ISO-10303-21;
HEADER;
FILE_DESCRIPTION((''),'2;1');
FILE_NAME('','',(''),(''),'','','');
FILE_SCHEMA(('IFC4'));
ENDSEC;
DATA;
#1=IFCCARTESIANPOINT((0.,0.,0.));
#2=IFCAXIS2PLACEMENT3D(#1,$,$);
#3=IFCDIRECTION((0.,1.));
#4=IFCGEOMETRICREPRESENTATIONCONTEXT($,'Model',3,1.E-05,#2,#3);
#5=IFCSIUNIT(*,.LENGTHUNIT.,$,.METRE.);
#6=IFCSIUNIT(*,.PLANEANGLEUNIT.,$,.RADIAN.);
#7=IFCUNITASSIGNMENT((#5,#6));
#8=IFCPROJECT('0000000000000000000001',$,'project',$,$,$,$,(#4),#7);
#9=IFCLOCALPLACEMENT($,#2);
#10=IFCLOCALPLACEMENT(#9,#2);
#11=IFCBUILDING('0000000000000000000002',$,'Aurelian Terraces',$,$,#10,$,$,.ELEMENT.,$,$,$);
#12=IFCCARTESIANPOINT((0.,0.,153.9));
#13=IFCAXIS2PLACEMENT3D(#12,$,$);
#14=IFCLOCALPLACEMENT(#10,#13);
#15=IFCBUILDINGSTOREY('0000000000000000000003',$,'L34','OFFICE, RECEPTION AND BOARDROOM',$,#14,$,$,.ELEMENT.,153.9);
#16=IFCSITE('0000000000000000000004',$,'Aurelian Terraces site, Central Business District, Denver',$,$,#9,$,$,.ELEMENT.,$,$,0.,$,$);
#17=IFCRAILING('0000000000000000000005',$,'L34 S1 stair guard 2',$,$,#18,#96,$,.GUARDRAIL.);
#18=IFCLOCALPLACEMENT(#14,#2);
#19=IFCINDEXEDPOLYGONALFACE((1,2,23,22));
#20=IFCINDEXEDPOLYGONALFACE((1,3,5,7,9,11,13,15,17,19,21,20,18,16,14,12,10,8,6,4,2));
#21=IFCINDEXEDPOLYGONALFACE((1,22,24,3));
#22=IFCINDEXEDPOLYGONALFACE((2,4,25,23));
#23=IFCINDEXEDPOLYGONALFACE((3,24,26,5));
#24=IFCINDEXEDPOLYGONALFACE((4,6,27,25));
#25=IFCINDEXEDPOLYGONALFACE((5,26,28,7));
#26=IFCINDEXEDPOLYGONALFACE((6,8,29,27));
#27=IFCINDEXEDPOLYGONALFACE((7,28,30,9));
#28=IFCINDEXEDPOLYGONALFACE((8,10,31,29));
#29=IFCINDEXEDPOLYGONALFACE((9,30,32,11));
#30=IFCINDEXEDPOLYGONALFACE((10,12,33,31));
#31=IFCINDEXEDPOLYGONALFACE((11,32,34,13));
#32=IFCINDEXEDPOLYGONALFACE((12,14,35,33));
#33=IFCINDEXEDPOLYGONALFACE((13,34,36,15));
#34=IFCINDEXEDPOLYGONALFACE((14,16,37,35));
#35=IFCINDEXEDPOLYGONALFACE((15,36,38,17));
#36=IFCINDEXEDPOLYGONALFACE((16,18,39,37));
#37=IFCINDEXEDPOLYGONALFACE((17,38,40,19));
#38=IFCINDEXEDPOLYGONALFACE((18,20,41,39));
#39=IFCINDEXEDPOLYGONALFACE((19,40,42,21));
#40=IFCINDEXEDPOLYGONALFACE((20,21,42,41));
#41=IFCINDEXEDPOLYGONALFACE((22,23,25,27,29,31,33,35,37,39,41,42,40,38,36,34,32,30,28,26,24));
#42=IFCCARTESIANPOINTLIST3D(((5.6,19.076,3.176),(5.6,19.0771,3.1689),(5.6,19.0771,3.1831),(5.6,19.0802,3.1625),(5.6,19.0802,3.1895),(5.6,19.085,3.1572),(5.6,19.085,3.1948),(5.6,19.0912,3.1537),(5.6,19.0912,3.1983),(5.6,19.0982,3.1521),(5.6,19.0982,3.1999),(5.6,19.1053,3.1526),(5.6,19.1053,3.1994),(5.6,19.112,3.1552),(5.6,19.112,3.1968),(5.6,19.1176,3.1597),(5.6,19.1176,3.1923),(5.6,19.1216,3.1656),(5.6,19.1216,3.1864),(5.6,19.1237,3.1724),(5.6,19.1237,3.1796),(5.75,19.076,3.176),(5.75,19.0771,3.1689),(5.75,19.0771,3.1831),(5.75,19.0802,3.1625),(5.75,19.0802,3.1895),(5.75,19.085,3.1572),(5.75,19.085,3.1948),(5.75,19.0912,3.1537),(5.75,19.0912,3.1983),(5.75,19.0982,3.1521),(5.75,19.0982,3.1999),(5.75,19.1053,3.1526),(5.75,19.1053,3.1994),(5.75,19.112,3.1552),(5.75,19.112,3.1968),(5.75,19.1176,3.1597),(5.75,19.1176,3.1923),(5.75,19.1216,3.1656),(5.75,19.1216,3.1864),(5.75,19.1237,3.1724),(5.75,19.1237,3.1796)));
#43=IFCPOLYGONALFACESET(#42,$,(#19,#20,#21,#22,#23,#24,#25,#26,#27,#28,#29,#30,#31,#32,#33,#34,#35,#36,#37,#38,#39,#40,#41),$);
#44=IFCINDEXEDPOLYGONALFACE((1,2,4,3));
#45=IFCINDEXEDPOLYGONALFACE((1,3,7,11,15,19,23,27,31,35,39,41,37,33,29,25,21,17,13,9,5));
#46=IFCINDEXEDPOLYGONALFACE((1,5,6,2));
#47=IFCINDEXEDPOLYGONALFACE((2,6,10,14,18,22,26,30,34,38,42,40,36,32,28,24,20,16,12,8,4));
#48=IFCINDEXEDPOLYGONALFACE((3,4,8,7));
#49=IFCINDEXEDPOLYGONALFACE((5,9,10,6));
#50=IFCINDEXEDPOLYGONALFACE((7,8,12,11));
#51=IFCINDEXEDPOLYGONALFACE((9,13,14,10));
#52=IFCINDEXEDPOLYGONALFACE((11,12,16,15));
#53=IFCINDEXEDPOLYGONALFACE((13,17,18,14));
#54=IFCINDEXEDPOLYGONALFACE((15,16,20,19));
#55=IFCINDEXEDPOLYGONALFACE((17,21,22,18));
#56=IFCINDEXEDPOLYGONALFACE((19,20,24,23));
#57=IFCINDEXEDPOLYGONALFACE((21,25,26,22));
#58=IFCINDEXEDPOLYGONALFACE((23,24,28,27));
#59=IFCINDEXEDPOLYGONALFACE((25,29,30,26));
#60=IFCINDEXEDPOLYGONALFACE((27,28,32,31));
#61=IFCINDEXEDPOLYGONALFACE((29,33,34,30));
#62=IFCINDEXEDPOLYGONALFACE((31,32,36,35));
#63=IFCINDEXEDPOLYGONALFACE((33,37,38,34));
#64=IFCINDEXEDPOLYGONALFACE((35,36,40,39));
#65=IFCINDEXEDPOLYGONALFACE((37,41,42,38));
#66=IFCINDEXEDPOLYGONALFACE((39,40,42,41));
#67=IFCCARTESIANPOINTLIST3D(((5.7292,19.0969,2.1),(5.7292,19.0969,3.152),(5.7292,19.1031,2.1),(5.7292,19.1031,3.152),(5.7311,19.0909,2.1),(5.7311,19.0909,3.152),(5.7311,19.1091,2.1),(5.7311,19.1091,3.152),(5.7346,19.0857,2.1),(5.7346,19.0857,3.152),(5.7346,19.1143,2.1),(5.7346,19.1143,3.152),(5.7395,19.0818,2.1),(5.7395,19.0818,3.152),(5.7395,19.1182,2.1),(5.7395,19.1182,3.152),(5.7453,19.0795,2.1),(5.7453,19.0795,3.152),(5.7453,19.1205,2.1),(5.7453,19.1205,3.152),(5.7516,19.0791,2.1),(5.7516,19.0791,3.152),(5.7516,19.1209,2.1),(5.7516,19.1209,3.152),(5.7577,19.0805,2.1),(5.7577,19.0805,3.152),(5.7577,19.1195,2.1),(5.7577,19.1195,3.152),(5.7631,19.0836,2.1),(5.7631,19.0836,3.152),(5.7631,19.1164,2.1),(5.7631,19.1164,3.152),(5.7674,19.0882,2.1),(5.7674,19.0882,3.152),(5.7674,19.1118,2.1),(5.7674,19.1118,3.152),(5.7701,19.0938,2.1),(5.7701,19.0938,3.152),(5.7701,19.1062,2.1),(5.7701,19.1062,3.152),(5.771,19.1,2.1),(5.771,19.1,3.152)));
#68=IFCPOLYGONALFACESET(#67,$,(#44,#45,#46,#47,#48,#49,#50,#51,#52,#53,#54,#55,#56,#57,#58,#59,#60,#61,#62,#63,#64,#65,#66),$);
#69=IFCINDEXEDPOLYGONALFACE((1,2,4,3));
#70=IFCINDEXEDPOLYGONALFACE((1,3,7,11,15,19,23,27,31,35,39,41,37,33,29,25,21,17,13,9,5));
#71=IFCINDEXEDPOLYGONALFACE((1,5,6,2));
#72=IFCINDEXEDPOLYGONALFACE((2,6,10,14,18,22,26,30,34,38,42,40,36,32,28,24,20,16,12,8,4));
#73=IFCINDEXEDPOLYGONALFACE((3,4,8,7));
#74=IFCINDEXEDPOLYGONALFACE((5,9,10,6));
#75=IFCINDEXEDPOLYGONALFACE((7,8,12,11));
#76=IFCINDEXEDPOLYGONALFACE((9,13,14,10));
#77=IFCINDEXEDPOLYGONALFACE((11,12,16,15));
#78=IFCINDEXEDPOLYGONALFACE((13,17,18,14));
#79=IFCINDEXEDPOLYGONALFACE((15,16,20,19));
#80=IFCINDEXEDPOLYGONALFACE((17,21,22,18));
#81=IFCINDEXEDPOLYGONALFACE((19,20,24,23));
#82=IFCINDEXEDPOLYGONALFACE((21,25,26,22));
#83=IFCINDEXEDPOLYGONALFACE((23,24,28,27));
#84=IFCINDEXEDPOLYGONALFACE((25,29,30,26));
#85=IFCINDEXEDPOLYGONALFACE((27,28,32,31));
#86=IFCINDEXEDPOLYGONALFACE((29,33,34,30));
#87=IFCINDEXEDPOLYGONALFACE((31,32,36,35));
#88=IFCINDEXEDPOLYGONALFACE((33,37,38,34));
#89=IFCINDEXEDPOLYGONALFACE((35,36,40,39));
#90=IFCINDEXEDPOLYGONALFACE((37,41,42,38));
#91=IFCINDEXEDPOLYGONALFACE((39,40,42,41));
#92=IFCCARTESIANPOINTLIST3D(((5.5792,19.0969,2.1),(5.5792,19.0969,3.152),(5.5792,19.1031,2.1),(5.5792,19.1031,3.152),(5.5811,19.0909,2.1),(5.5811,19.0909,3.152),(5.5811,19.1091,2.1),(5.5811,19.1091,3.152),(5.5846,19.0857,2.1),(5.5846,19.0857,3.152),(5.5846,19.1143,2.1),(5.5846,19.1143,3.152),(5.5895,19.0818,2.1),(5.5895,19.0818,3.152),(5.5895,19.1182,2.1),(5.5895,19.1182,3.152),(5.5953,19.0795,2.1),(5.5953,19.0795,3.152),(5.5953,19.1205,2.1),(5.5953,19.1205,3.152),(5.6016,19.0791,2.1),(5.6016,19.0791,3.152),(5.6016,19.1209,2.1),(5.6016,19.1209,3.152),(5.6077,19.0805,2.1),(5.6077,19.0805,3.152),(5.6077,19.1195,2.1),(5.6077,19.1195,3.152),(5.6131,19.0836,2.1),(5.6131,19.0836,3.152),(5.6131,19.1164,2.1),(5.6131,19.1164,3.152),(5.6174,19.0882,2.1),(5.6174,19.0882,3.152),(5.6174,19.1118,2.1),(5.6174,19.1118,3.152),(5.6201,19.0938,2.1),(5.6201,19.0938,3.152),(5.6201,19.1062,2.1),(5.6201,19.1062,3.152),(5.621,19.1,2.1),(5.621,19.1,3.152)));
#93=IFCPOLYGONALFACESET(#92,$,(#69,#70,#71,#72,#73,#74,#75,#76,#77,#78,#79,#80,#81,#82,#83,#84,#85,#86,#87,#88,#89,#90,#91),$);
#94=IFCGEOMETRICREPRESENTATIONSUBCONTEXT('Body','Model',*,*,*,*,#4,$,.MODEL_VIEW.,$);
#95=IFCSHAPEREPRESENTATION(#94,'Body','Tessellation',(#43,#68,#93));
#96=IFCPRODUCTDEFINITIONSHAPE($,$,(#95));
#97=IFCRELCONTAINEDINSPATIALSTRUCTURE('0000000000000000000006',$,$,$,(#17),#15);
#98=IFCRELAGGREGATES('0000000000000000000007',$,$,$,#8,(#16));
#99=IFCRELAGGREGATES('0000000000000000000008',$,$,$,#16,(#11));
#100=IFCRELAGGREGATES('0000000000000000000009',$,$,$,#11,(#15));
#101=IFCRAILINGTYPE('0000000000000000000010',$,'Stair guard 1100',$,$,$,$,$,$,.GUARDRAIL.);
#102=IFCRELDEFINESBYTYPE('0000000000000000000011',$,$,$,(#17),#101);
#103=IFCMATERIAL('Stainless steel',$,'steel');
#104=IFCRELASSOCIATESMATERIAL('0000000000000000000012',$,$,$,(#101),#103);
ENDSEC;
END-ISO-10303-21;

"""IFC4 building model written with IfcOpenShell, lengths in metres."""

from ifc_helpers import new_model, si_unit, direction, frame, origin, origin_2d, place, context, subcontext, project, spatial, circle, extrude, source, transform, mapped, material, type_object, element, save


model = new_model("IFC4")

# Units and contexts
model_context = context("Model", 3, precision=1e-05, world=origin(), true_north=direction((0.0, 1.0)))
body_context = subcontext(model_context, "Body", "Model", "MODEL_VIEW")
ifc_project = project(units=[si_unit("LENGTHUNIT", "METRE"), si_unit("PLANEANGLEUNIT", "RADIAN")], contexts=[model_context])

# Site, building, storey
site_placement = place(None, origin())
site = spatial("IfcSite", under=ifc_project, at=site_placement, Name="Aurelian Terraces site, Central Business District, Denver", CompositionType="ELEMENT", RefElevation=0.0)
building_placement = place(site_placement, origin())
building = spatial("IfcBuilding", under=site, at=building_placement, Name="Aurelian Terraces", CompositionType="ELEMENT")
storey_placement = place(building_placement, frame((0.0, 0.0, 153.9)))
storey = spatial("IfcBuildingStorey", under=building, at=storey_placement, Name="L34", Description="OFFICE, RECEPTION AND BOARDROOM", CompositionType="ELEMENT", Elevation=153.9)

# Railing
ifc_material_1 = material(Name="Stainless steel", Category="steel")
railing_type_1 = type_object("IfcRailingType", Name="Stair guard 1100", PredefinedType="GUARDRAIL", material=ifc_material_1)
shared_shape_1 = source(origin(), body_context, "Body", "SweptSolid", [
    extrude(circle(Radius=0.024, at=origin_2d()), frame((0.0, 0.0, 1.076), z_axis=(-1.0, 0.0, 0.0), x_axis=(0.0, -1.0, 0.0)), (0.0, 0.0, 1.0), 0.15),
    extrude(circle(Radius=0.021, at=origin_2d()), origin(), (0.0, 0.0, 1.0), 1.052),
    extrude(circle(Radius=0.021, at=origin_2d()), frame((-0.15, 0.0, 0.0)), (0.0, 0.0, 1.0), 1.052),
])
railing_1_placement = place(storey_placement, frame((5.75, 19.1, 2.1)))
element("IfcRailing", 1, at=railing_1_placement, inside=storey, type_object=railing_type_1, Name="L34 S1 stair guard 2", PredefinedType="GUARDRAIL", context=body_context, shape_type="MappedRepresentation", body=[
    mapped(shared_shape_1, transform((0.0, 0.0, 0.0), scale=1.0)),
])

save(model, "model.ifc")
